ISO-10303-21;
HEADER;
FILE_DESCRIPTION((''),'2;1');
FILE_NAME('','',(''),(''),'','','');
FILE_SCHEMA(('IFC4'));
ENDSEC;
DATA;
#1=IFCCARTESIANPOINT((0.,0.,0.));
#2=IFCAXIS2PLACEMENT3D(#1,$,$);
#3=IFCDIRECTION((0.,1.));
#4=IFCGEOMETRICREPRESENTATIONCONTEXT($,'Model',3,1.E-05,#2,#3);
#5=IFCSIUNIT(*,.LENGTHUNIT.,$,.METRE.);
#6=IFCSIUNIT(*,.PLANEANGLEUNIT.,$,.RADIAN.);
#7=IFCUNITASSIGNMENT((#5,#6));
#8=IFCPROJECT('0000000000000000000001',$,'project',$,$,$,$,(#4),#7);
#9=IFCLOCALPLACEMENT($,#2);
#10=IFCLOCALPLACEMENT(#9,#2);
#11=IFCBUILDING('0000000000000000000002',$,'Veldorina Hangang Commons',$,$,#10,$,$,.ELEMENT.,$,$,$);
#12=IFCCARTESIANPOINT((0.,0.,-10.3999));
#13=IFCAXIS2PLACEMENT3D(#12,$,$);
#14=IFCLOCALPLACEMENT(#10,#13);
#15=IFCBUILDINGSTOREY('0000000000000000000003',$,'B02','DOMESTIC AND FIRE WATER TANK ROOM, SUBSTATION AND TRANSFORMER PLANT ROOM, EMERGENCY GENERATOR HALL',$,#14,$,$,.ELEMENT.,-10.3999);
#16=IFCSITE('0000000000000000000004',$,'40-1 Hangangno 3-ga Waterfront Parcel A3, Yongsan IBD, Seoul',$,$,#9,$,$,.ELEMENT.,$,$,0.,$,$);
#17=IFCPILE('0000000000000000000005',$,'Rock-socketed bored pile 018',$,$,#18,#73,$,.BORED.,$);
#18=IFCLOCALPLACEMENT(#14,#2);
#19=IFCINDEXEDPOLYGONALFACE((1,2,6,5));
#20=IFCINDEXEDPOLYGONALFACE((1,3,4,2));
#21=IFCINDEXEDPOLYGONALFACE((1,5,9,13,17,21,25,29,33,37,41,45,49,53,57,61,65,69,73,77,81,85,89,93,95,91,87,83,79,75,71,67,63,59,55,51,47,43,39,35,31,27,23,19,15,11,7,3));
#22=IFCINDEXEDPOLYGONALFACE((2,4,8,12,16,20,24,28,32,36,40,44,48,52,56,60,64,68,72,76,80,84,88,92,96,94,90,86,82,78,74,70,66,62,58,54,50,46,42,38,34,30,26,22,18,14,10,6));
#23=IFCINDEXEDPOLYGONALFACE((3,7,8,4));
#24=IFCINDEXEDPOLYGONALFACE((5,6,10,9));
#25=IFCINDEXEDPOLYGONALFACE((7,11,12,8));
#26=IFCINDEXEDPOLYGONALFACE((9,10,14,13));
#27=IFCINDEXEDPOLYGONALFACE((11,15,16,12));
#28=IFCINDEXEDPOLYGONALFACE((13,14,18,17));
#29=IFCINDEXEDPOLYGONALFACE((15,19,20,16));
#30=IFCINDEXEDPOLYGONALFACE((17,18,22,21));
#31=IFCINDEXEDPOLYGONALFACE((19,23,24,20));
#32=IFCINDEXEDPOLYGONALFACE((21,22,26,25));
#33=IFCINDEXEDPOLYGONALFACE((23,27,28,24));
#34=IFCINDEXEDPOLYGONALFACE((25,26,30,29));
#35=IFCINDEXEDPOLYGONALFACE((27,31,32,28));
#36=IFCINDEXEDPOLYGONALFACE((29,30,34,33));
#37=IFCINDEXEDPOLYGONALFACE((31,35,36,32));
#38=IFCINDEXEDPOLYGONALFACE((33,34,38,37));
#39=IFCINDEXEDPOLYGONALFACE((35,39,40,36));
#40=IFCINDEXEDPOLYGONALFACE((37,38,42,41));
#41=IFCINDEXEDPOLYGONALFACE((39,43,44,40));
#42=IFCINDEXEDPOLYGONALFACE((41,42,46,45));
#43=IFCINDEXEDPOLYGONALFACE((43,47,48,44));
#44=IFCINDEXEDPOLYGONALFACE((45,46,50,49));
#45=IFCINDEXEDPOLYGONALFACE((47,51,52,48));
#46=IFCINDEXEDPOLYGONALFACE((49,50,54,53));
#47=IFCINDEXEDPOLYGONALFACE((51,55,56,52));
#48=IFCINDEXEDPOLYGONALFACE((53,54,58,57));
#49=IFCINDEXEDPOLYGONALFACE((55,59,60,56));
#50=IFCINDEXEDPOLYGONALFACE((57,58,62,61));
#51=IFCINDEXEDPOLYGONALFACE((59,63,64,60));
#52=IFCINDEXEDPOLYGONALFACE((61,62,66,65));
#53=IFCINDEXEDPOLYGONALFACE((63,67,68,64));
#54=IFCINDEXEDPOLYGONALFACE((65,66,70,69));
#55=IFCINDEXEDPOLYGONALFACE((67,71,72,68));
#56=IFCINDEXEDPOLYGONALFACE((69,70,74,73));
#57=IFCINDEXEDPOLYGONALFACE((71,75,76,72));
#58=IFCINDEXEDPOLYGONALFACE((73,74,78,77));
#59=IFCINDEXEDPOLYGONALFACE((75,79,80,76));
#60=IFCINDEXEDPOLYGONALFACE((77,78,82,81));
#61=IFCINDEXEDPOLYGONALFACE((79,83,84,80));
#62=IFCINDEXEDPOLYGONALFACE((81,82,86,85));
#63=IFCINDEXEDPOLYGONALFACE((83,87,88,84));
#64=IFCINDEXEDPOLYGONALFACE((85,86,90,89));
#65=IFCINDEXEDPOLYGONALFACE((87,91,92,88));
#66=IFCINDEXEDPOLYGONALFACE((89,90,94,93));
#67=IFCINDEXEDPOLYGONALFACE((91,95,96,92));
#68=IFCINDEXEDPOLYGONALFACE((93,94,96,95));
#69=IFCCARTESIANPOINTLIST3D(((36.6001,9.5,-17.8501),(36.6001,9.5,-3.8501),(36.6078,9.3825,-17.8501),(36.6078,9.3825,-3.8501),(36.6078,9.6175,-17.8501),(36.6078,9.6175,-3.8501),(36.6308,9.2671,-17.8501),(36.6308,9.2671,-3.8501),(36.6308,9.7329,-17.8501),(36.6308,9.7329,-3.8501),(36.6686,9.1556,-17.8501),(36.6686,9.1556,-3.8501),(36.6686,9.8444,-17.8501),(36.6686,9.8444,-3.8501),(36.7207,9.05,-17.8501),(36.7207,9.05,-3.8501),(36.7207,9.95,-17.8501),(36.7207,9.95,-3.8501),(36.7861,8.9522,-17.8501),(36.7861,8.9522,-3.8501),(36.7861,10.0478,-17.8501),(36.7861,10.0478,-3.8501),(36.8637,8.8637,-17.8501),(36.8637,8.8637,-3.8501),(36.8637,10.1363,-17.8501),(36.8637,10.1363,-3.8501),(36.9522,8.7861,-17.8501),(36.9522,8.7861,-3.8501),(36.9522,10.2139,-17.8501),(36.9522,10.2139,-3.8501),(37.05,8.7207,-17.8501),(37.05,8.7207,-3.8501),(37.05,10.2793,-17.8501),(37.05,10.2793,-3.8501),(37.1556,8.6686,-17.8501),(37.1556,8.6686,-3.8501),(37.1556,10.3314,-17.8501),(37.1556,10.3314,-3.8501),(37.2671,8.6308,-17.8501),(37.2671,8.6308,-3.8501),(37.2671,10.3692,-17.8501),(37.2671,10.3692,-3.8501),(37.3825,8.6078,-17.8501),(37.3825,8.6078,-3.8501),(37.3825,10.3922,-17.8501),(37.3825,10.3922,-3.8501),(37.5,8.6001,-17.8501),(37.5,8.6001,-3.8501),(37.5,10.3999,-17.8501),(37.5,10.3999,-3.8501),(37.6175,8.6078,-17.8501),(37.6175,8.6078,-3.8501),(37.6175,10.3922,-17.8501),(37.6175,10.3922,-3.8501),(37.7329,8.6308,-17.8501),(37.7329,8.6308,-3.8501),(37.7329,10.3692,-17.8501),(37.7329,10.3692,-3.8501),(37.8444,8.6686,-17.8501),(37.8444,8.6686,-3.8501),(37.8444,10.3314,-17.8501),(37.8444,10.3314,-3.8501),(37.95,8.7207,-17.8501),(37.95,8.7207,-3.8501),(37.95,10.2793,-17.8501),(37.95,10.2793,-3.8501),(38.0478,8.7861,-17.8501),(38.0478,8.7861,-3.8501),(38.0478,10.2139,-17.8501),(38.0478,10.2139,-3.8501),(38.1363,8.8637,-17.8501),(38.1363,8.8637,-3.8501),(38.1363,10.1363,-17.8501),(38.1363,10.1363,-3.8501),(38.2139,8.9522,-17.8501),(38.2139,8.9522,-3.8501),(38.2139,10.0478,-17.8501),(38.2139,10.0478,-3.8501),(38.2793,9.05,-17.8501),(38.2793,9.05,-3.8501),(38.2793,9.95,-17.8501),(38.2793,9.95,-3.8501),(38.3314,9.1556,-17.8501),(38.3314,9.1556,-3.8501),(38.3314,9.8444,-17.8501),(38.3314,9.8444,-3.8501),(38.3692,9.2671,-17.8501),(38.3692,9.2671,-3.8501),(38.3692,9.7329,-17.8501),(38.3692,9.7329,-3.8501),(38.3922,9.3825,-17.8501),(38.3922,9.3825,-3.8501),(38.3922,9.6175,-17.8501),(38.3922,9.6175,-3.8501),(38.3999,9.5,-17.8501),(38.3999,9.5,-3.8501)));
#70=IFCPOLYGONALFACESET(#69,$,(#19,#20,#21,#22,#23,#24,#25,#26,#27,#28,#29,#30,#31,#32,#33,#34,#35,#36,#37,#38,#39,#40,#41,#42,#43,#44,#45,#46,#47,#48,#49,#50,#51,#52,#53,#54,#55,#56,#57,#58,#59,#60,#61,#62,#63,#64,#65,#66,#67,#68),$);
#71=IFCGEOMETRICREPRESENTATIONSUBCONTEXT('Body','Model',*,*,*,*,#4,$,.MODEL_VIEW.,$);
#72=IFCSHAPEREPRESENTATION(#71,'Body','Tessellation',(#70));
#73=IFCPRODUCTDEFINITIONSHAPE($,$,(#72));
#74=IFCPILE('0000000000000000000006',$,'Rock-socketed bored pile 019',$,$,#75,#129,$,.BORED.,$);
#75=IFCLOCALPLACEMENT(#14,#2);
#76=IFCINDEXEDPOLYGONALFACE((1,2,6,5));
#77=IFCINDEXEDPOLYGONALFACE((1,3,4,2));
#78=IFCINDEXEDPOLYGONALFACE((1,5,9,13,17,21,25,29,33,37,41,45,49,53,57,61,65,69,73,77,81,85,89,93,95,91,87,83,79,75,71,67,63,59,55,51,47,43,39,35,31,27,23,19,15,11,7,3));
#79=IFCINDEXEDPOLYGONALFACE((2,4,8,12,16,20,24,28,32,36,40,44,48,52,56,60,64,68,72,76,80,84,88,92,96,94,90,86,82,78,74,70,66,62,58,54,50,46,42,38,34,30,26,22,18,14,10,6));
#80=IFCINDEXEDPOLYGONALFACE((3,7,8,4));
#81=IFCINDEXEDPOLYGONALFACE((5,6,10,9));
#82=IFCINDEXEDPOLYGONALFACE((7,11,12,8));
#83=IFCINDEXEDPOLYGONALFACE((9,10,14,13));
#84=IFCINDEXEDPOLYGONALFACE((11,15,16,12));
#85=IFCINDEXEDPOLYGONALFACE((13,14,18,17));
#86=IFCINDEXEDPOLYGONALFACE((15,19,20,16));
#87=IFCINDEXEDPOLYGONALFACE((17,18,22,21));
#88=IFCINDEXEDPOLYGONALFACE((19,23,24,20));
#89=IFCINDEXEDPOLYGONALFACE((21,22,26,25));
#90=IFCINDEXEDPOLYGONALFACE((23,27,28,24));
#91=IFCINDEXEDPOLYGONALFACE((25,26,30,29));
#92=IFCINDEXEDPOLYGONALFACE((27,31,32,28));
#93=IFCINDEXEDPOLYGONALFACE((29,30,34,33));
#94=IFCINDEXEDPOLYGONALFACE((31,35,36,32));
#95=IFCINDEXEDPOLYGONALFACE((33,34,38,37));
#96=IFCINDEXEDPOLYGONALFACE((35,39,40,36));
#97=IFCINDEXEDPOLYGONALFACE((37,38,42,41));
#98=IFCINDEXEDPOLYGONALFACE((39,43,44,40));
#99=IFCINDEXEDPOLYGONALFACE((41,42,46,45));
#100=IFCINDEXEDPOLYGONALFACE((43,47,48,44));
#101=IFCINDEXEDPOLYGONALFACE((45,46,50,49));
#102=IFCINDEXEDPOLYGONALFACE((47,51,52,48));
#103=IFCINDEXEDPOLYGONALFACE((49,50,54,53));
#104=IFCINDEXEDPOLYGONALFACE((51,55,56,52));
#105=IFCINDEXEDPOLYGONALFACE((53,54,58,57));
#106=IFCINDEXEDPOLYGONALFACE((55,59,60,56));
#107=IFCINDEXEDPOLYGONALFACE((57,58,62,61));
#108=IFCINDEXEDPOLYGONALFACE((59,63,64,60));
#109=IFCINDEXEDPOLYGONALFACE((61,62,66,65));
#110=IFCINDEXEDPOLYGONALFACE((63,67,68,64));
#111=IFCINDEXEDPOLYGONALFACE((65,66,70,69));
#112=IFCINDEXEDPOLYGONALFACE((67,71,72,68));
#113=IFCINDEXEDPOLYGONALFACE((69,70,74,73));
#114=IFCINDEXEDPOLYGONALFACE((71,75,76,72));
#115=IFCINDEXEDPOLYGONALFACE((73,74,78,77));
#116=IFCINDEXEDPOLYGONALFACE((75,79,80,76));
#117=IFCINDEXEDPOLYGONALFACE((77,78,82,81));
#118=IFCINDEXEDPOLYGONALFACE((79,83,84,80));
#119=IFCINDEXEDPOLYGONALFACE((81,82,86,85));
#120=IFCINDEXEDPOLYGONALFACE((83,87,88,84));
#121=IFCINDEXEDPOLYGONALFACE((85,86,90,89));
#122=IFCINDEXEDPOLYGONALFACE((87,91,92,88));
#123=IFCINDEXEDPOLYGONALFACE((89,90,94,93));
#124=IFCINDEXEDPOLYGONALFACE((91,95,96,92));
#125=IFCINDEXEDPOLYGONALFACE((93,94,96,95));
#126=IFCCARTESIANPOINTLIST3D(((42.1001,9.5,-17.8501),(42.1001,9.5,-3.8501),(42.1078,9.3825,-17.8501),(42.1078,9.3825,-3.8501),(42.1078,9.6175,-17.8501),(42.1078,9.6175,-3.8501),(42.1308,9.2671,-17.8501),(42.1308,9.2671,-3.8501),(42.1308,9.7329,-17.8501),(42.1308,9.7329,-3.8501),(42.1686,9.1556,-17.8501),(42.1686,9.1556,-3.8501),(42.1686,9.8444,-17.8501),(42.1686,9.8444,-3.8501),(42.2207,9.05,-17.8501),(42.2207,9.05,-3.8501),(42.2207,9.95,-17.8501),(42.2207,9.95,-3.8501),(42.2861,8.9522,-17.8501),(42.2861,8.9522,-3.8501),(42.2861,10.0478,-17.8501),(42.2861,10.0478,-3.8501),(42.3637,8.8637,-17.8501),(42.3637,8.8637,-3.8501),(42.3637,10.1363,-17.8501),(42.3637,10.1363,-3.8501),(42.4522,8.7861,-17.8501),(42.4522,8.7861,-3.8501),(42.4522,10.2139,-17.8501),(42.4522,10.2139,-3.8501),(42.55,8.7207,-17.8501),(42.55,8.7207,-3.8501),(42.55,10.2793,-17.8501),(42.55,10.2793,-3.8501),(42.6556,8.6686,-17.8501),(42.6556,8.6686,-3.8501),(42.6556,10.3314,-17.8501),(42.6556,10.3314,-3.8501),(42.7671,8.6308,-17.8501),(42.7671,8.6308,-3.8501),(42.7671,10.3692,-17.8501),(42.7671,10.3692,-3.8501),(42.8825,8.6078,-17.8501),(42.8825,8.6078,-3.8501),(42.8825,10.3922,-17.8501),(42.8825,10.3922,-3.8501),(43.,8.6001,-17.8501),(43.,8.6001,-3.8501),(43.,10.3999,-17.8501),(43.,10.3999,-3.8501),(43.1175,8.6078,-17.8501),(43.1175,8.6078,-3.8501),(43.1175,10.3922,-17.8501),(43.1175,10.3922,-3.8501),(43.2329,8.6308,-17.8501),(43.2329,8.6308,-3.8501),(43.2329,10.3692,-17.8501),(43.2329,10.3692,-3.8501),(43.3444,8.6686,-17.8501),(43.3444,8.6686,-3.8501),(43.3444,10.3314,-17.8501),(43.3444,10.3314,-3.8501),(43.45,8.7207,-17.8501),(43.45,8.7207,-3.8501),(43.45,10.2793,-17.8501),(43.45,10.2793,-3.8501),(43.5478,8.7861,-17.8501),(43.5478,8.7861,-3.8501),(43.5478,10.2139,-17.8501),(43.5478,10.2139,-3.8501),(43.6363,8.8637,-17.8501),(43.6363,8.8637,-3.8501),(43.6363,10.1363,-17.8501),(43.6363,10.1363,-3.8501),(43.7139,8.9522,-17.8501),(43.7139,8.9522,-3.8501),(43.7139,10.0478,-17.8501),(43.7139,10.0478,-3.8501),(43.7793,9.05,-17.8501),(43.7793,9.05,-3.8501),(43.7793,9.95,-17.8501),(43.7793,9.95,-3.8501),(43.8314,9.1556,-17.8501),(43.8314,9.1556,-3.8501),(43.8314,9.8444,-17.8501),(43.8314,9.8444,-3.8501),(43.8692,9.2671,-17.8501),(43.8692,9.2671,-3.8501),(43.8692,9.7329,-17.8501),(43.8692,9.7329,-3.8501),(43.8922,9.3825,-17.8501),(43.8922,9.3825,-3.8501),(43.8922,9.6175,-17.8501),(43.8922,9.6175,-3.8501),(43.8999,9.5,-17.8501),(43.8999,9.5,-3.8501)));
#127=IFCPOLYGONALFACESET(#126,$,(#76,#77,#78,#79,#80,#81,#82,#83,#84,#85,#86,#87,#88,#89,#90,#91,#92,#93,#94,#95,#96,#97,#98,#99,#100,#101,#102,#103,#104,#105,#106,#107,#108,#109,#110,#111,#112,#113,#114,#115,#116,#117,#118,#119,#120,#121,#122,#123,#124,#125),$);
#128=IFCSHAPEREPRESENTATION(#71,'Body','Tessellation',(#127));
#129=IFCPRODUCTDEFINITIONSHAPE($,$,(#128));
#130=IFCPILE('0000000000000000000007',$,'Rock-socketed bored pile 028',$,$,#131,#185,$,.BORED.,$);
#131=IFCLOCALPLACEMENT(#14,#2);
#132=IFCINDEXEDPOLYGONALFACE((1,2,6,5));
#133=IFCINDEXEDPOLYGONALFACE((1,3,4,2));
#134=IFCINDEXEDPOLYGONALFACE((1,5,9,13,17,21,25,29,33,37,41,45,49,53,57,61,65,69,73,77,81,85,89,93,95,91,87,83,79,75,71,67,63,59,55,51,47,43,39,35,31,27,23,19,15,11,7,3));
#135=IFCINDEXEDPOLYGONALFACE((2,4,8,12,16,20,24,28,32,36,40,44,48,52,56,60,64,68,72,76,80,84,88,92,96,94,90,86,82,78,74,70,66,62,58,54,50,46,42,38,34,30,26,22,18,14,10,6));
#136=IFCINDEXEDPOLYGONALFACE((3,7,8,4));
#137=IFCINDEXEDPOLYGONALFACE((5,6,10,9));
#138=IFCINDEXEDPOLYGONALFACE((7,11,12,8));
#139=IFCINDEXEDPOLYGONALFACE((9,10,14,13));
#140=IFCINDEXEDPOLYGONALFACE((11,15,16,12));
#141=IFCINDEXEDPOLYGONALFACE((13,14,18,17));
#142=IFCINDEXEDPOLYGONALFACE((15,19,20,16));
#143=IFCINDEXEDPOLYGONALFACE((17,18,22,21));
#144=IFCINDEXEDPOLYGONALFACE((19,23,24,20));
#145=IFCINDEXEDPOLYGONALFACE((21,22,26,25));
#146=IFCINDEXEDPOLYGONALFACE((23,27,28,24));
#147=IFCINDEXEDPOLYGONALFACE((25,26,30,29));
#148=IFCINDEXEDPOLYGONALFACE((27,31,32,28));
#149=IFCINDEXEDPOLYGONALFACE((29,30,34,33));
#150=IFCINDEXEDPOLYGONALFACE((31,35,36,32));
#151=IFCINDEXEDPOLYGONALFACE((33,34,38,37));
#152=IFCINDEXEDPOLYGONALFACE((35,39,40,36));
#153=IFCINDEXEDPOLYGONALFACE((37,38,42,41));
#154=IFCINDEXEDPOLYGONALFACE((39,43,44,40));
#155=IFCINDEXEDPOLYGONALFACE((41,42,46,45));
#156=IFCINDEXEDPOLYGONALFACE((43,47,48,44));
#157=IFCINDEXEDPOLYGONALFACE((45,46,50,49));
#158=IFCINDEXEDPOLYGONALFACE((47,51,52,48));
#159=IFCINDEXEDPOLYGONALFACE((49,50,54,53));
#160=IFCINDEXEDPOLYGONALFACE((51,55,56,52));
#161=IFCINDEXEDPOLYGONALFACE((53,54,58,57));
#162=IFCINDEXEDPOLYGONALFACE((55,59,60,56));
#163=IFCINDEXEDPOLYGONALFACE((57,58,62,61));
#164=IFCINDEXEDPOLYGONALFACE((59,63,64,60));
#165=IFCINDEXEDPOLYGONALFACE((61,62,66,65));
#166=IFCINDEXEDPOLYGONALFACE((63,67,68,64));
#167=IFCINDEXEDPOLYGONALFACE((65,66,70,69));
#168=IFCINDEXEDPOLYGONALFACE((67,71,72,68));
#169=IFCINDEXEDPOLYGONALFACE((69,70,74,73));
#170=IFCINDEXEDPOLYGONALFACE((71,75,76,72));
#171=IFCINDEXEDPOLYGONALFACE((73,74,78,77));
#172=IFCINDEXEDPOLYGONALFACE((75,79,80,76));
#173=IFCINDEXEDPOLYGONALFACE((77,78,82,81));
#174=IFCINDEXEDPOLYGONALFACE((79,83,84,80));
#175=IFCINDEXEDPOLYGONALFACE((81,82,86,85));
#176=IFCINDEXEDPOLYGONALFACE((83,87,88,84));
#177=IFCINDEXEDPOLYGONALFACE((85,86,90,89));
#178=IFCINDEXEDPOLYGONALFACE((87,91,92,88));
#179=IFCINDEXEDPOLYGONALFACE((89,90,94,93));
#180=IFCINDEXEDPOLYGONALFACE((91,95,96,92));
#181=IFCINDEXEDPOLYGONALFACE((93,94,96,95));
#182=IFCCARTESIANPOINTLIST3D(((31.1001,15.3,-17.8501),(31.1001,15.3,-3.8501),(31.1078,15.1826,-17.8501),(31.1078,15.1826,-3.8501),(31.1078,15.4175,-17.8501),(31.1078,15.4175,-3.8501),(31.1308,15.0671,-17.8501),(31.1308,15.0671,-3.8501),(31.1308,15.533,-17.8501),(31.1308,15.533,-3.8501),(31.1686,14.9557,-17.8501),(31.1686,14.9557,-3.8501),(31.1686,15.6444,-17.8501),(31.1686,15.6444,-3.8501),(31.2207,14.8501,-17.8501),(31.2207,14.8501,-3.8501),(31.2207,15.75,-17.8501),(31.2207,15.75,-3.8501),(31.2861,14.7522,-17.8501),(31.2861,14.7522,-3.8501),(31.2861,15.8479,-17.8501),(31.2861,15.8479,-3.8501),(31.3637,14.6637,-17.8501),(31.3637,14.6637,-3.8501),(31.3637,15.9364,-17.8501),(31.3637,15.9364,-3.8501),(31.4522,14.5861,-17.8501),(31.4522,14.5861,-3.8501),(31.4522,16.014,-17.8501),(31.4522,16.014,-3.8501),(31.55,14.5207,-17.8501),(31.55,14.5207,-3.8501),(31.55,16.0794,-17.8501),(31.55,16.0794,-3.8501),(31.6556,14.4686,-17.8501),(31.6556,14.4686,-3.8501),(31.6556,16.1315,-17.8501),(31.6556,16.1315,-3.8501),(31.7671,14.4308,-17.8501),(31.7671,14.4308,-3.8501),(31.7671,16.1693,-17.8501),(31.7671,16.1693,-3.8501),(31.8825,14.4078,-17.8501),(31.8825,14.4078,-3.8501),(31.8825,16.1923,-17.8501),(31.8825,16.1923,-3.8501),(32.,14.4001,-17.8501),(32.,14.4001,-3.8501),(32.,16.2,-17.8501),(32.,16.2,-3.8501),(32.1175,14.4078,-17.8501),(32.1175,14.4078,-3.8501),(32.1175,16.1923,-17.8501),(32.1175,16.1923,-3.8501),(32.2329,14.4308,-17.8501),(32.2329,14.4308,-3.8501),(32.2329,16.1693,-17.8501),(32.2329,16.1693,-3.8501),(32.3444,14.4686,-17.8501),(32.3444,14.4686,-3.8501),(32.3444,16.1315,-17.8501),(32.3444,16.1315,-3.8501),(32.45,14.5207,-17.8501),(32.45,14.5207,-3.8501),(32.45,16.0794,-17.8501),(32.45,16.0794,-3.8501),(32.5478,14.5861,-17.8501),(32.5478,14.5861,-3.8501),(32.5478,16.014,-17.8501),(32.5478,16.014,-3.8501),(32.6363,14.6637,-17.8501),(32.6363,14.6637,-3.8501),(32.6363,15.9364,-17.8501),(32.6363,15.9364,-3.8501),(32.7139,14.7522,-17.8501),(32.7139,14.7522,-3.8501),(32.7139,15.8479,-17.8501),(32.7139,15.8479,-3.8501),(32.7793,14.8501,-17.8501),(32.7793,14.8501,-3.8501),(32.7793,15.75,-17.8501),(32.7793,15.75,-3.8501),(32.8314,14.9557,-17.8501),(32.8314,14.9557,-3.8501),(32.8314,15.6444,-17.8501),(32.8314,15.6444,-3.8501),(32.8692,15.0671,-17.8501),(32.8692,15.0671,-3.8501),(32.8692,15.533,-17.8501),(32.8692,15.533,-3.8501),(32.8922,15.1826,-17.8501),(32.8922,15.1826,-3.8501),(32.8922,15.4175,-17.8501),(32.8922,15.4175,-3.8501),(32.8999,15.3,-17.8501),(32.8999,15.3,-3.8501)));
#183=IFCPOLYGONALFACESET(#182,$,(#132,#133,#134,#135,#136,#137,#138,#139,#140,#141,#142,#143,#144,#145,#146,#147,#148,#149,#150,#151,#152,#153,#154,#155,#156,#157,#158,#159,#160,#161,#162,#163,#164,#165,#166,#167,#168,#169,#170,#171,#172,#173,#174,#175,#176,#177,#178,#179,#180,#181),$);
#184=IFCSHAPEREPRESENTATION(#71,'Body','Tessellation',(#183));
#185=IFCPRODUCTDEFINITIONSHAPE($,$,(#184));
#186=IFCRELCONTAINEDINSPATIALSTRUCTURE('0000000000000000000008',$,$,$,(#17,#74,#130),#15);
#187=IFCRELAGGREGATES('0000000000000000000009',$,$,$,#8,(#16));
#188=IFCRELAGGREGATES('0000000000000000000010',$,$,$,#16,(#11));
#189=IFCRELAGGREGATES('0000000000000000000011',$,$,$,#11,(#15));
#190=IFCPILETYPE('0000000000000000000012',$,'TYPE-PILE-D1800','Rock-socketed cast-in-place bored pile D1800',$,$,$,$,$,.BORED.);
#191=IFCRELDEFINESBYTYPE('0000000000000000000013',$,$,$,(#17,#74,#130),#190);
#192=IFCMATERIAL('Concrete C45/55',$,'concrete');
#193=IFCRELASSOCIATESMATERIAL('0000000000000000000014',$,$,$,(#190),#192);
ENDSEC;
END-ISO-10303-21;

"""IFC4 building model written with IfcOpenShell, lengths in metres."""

from ifc_helpers import new_model, si_unit, direction, frame, origin, origin_2d, place, context, subcontext, project, spatial, circle, extrude, material, material_profile, profile_set, type_object, element, save


model = new_model("IFC4")

# Units and contexts
model_context = context("Model", 3, precision=1e-05, world=origin(), true_north=direction((0.0, 1.0)))
body_context = subcontext(model_context, "Body", "Model", "MODEL_VIEW")
ifc_project = project(units=[si_unit("LENGTHUNIT", "METRE"), si_unit("PLANEANGLEUNIT", "RADIAN")], contexts=[model_context])

# Site, building, storey
site_placement = place(None, origin())
site = spatial("IfcSite", under=ifc_project, at=site_placement, Name="40-1 Hangangno 3-ga Waterfront Parcel A3, Yongsan IBD, Seoul", CompositionType="ELEMENT", RefElevation=0.0)
building_placement = place(site_placement, origin())
building = spatial("IfcBuilding", under=site, at=building_placement, Name="Veldorina Hangang Commons", CompositionType="ELEMENT")
storey_placement = place(building_placement, frame((0.0, 0.0, -10.3999)))
storey = spatial("IfcBuildingStorey", under=building, at=storey_placement, Name="B02", Description="DOMESTIC AND FIRE WATER TANK ROOM, SUBSTATION AND TRANSFORMER PLANT ROOM, EMERGENCY GENERATOR HALL", CompositionType="ELEMENT", Elevation=-10.3999)

# Piles
ifc_material_1 = material(Name="Concrete C45/55", Category="concrete")
ifc_material_profile_1 = material_profile(ifc_material_1, circle(Radius=0.8999, at=origin_2d()), Name="PILE-D1800")
ifc_profile_set_1 = profile_set([ifc_material_profile_1], Name="Concrete C45/55")
pile_type = type_object("IfcPileType", Name="TYPE-PILE-D1800", Description="Rock-socketed cast-in-place bored pile D1800", PredefinedType="BORED", material=ifc_profile_set_1)
for number, where, z_axis, x_axis, name in (
    (1, (37.5, 9.5, -3.8501), (0.0, 0.0, -1.0), (1.0, 0.0, 0.0), "Rock-socketed bored pile 018"),
    (2, (43.0, 9.5, -3.8501), (0.0, 0.0, -1.0), (1.0, 0.0, 0.0), "Rock-socketed bored pile 019"),
    (3, (32.0, 15.3, -3.8501), (0.0, 0.0, -1.0), (1.0, 0.0, 0.0), "Rock-socketed bored pile 028"),
):
    element("IfcPile", number, at=place(storey_placement, frame(where, z_axis=z_axis, x_axis=x_axis)), inside=storey, type_object=pile_type, Name=name, PredefinedType="BORED", context=body_context, shape_type="SweptSolid", body=[
        extrude(circle(Radius=0.8999, at=origin_2d()), origin(), (0.0, 0.0, 1.0), 14.0),
    ])

save(model, "model.ifc")
